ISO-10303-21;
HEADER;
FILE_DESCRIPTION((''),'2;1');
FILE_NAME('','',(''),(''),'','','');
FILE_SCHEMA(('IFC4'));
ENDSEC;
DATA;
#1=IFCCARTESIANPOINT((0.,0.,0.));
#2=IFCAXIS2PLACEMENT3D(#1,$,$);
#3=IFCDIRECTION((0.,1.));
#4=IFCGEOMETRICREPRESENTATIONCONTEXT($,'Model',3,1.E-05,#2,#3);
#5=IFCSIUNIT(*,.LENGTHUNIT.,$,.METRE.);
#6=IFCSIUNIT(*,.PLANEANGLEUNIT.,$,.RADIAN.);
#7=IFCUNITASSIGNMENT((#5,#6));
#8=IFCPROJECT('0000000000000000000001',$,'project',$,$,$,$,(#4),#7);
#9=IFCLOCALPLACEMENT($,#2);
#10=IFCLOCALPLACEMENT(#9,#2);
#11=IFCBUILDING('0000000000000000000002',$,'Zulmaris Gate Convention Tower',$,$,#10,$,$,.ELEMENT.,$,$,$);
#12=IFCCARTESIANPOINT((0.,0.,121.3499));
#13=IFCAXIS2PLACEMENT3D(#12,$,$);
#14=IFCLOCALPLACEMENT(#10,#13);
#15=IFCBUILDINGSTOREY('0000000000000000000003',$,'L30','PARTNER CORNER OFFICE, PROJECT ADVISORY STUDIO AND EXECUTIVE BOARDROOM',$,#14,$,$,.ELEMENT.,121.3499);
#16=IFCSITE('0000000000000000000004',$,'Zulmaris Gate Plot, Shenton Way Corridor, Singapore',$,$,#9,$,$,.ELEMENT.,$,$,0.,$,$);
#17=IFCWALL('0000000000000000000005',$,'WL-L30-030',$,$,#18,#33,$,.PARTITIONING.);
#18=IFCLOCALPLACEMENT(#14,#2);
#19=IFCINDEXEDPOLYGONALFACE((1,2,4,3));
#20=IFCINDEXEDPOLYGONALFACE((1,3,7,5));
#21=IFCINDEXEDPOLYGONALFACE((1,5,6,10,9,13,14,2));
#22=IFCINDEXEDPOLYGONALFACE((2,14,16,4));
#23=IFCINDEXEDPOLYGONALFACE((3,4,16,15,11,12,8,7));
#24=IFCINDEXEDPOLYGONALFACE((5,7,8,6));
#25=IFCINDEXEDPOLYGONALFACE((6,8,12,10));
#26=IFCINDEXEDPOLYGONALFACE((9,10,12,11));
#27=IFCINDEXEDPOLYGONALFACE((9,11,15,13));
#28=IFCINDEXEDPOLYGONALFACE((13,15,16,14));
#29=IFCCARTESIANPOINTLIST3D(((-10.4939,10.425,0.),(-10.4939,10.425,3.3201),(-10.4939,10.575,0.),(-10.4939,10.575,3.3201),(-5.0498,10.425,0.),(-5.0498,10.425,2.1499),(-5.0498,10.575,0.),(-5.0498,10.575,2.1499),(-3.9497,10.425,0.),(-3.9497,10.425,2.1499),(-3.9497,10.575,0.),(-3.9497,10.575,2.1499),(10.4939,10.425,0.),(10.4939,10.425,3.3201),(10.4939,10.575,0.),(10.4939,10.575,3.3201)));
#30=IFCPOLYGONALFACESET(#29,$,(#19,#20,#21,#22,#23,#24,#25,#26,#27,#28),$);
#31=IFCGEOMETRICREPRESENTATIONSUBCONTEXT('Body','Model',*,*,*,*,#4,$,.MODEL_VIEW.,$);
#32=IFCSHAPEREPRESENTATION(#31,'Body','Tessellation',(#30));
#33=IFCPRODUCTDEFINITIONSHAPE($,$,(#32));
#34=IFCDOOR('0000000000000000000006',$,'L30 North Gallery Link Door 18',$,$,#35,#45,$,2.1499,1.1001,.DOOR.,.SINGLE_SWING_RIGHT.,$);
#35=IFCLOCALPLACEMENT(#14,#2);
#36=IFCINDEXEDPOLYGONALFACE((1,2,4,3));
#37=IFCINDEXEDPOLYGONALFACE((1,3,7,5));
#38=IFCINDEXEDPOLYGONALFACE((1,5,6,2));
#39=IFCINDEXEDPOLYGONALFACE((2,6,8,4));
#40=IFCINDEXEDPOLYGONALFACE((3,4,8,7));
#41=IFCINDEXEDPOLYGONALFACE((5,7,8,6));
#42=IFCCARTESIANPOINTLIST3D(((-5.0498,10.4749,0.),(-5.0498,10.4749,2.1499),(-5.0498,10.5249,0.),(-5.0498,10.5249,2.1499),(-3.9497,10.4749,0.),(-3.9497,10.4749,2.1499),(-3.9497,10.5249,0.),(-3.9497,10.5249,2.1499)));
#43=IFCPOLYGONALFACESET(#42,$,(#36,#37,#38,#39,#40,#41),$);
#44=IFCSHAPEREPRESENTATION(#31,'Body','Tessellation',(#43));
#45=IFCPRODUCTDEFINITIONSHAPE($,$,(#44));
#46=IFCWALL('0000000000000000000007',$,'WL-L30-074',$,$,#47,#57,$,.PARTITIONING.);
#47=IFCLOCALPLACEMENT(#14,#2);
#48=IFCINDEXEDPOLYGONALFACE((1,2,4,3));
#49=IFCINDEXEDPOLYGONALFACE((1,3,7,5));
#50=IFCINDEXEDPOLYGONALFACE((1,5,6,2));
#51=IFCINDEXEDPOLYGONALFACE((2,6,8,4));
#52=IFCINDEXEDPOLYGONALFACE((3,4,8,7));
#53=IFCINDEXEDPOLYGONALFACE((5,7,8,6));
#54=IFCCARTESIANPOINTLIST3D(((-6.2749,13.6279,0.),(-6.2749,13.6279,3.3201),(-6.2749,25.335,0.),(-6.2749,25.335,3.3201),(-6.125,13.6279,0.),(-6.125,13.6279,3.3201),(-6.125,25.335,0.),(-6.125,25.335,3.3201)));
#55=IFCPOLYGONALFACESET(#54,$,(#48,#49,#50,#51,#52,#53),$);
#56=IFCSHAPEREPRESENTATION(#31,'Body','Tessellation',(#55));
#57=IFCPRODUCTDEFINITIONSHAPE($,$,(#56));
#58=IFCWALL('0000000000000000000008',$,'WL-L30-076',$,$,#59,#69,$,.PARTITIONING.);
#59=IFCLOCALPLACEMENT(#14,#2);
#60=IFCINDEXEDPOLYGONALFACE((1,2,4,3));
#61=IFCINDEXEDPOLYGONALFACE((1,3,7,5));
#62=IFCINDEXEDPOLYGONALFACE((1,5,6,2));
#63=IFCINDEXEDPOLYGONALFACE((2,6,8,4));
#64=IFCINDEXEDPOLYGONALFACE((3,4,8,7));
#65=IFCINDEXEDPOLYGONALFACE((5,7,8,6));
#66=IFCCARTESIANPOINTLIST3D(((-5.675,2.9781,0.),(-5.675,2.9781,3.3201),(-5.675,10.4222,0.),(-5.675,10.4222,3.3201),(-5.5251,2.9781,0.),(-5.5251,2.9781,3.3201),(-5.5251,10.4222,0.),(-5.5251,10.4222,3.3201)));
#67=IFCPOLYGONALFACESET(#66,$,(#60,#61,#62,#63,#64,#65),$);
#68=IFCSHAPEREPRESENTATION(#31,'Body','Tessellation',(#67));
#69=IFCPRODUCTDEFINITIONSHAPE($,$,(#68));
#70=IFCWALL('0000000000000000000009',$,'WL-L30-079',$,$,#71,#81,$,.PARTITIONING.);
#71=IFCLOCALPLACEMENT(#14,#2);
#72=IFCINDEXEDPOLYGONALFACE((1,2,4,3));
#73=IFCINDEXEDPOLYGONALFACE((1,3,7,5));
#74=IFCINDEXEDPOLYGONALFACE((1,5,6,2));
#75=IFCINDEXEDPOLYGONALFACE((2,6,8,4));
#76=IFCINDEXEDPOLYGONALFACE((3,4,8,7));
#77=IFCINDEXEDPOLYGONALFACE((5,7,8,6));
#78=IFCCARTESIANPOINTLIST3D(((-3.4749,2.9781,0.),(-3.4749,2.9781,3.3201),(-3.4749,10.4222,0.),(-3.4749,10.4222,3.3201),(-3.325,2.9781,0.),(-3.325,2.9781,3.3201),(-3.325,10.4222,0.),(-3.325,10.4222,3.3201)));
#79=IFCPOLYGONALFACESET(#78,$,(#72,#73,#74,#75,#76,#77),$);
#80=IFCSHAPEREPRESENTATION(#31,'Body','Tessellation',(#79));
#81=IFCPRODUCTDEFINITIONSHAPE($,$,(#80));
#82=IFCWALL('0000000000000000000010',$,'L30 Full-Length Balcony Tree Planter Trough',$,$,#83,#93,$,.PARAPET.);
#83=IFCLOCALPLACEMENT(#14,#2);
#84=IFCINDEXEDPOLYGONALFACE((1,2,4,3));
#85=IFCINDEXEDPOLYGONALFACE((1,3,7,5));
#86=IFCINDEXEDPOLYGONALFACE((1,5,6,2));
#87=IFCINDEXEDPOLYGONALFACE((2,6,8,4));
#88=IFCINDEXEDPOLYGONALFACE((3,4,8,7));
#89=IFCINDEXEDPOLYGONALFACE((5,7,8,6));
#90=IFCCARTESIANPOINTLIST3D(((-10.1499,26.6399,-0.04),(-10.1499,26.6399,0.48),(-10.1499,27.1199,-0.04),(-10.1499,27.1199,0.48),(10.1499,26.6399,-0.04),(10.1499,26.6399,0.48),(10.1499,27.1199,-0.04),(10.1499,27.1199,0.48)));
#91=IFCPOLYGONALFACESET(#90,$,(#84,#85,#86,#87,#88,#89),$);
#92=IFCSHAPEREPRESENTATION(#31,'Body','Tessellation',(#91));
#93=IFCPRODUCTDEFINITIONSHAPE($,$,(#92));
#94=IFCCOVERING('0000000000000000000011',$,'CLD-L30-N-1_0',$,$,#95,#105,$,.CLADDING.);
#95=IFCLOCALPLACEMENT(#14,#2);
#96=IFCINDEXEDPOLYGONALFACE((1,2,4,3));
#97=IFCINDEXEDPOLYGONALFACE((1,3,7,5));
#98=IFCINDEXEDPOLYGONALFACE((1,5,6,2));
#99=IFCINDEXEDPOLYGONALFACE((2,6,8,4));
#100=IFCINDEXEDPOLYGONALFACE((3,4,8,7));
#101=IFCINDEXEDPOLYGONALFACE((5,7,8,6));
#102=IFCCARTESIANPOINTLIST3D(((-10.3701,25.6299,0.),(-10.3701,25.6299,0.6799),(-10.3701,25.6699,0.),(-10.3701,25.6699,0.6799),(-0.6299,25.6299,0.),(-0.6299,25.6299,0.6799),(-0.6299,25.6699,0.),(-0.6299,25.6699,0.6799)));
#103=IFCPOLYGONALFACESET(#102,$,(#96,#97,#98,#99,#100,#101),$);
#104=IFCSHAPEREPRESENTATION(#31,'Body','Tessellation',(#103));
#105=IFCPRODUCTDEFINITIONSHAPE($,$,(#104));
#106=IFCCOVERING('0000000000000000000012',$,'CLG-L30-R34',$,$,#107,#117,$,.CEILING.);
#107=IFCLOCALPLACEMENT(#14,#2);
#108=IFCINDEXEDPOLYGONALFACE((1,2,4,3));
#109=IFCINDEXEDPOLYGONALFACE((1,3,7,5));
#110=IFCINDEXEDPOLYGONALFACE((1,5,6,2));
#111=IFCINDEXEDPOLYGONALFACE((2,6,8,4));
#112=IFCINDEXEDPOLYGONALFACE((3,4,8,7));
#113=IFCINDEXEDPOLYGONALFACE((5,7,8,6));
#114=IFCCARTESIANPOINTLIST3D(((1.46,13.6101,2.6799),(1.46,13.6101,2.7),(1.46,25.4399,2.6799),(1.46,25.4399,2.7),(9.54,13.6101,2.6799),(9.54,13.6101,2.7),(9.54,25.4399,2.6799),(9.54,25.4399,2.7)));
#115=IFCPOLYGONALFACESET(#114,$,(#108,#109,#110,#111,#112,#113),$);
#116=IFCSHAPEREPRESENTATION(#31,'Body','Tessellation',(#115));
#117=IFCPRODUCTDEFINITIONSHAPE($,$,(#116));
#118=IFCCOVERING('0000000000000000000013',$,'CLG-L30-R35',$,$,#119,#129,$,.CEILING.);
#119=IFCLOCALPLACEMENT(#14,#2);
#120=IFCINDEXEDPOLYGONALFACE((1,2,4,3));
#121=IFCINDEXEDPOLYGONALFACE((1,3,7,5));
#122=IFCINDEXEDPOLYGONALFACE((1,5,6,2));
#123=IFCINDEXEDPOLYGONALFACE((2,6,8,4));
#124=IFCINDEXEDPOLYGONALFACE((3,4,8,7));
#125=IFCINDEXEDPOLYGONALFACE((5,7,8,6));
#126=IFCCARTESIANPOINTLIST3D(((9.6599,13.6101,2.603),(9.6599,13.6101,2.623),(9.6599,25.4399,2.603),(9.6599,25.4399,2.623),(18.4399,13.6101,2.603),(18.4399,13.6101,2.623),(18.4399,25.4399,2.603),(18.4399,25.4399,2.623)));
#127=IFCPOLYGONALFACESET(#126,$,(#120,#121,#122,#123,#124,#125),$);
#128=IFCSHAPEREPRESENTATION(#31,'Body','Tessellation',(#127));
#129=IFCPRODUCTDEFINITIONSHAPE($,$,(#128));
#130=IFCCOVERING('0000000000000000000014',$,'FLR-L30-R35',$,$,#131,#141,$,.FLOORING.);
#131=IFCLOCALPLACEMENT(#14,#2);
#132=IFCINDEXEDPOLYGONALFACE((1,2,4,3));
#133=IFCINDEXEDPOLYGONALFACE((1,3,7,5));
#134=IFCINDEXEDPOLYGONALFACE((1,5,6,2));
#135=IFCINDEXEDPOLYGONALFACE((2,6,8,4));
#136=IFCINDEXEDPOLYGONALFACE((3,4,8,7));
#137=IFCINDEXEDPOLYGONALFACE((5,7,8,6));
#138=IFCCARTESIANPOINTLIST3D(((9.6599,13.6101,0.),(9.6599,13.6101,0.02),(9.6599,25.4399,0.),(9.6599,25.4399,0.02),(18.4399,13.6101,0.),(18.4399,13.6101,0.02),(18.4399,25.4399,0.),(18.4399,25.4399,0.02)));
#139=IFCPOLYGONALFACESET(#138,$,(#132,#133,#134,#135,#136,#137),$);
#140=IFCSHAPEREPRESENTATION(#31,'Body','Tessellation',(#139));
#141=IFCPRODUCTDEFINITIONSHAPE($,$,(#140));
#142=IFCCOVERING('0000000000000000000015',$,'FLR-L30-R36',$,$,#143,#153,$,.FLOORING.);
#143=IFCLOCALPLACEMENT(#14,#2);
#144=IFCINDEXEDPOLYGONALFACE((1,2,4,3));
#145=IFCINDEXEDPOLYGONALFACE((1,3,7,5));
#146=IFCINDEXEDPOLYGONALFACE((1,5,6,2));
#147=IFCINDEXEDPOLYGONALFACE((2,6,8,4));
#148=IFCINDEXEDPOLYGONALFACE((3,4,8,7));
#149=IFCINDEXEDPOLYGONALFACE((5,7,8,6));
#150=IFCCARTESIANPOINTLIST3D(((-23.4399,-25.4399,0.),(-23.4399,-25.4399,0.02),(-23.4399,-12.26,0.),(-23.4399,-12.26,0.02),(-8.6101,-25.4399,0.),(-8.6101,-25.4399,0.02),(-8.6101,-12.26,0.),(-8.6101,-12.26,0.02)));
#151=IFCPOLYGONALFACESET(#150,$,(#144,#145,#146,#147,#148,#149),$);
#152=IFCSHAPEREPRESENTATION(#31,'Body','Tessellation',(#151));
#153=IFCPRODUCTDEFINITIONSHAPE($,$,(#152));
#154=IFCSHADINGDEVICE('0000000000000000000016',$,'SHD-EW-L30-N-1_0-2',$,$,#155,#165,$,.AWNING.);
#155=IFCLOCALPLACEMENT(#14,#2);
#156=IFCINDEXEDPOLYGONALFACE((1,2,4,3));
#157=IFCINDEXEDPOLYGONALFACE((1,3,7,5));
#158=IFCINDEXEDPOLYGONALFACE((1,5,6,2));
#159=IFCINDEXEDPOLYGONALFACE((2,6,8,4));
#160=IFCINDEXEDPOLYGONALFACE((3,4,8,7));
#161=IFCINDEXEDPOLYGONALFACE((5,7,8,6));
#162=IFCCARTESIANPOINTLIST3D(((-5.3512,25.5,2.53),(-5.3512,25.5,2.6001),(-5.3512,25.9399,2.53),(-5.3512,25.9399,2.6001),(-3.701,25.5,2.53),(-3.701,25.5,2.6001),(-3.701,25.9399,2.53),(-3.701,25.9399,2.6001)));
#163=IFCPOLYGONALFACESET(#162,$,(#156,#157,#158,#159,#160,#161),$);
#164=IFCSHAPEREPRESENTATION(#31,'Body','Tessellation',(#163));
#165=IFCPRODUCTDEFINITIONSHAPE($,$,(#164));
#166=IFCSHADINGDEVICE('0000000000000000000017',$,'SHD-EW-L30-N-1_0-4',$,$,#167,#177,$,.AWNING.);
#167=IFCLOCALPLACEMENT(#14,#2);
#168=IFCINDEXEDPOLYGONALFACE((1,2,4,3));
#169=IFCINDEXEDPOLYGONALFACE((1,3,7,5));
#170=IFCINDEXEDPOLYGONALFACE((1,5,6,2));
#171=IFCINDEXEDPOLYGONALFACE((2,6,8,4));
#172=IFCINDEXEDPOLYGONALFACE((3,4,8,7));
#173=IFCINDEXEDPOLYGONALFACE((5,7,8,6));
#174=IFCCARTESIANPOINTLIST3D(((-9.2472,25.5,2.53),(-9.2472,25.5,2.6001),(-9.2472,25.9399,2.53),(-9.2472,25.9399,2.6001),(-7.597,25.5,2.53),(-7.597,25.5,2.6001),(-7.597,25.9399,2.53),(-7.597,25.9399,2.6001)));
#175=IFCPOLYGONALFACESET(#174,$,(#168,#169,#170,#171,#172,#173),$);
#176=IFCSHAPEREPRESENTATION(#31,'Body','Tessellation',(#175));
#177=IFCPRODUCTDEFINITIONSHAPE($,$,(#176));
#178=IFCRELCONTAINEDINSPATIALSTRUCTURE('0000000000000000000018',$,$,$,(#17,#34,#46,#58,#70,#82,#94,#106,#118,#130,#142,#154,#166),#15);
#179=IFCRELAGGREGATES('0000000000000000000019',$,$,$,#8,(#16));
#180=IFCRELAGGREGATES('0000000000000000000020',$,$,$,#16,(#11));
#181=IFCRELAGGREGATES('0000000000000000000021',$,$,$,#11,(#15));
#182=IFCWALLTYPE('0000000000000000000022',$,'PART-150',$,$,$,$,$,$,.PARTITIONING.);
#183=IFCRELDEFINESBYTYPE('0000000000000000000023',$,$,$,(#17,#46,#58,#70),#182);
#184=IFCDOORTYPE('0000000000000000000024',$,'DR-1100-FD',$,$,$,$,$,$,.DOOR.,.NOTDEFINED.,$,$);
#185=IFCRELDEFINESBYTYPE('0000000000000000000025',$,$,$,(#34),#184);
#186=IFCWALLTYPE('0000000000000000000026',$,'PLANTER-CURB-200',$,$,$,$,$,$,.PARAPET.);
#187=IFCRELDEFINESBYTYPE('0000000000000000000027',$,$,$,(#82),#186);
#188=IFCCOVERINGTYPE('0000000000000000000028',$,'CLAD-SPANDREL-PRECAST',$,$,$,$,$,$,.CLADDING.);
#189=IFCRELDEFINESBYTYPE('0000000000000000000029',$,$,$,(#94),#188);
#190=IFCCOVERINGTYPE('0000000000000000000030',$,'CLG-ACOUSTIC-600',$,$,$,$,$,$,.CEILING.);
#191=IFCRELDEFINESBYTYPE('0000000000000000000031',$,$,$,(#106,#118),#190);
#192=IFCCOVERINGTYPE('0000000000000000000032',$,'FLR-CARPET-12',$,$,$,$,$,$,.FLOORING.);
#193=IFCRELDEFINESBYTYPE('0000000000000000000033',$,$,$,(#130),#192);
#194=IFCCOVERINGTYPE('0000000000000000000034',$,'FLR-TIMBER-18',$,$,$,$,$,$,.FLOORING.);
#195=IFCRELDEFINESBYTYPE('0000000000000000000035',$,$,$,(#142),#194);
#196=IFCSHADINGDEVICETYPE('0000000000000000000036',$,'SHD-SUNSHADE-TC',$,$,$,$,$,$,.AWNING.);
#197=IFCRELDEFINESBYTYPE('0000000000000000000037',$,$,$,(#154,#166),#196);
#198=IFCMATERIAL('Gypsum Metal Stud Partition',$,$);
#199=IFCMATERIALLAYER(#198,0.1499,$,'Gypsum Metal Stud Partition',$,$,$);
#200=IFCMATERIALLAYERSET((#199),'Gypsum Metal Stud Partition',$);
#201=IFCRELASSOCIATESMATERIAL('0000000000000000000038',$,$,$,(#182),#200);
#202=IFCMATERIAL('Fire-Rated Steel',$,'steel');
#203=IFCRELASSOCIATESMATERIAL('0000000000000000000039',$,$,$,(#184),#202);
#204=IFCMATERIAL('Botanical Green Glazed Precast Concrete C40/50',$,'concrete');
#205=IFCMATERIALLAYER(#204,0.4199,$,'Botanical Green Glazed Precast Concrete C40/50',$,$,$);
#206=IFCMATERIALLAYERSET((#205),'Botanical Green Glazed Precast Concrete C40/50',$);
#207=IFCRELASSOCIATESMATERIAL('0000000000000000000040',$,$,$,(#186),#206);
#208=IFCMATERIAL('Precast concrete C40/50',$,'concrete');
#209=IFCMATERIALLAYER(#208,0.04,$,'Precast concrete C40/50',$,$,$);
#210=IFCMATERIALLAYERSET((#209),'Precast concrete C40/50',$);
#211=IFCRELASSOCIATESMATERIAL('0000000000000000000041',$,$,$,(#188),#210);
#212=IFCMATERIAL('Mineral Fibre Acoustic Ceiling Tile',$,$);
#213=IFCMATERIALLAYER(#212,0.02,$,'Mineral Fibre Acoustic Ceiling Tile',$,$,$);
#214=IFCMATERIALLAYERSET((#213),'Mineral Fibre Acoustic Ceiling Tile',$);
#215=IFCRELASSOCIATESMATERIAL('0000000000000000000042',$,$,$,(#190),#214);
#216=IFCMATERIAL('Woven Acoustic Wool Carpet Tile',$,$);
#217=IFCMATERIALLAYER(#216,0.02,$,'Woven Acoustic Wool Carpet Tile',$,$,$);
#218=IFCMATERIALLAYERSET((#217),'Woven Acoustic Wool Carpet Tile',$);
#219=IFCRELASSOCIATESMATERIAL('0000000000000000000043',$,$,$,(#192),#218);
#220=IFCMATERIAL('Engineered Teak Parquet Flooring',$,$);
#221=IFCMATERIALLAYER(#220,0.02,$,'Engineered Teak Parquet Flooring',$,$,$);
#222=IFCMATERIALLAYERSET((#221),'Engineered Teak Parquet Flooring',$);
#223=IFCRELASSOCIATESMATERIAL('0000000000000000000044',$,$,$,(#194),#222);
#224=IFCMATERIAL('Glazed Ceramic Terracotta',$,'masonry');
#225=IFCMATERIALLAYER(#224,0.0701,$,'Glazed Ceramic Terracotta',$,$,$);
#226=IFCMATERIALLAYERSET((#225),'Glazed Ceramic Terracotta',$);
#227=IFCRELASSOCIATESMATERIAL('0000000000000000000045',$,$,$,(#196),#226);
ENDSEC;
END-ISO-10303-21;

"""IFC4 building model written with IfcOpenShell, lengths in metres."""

from ifc_helpers import new_model, si_unit, direction, frame, frame_2d, origin, place, context, subcontext, project, spatial, polyline, rectangle, outline, extrude, material, layer, layer_set, type_object, element, fill, save


model = new_model("IFC4")

# Units and contexts
model_context = context("Model", 3, precision=1e-05, world=origin(), true_north=direction((0.0, 1.0)))
body_context = subcontext(model_context, "Body", "Model", "MODEL_VIEW")
ifc_project = project(units=[si_unit("LENGTHUNIT", "METRE"), si_unit("PLANEANGLEUNIT", "RADIAN")], contexts=[model_context])

# Site, building, storey
site_placement = place(None, origin())
site = spatial("IfcSite", under=ifc_project, at=site_placement, Name="Zulmaris Gate Plot, Shenton Way Corridor, Singapore", CompositionType="ELEMENT", RefElevation=0.0)
building_placement = place(site_placement, origin())
building = spatial("IfcBuilding", under=site, at=building_placement, Name="Zulmaris Gate Convention Tower", CompositionType="ELEMENT")
storey_placement = place(building_placement, frame((0.0, 0.0, 121.3499)))
storey = spatial("IfcBuildingStorey", under=building, at=storey_placement, Name="L30", Description="PARTNER CORNER OFFICE, PROJECT ADVISORY STUDIO AND EXECUTIVE BOARDROOM", CompositionType="ELEMENT", Elevation=121.3499)

# Wall, opening, door
ifc_material_1 = material(Name="Gypsum Metal Stud Partition")
ifc_layer_1 = layer(ifc_material_1, 0.1499, Name="Gypsum Metal Stud Partition")
ifc_layer_set_1 = layer_set([ifc_layer_1], Name="Gypsum Metal Stud Partition")
wall_type_1 = type_object("IfcWallType", Name="PART-150", PredefinedType="PARTITIONING", material=ifc_layer_set_1)
wall_1_placement = place(storey_placement, frame((-10.4939, 10.5, 0.0), z_axis=(0.0, 0.0, 1.0), x_axis=(1.0, 0.0, 0.0)))
wall_1 = element("IfcWall", 1, at=wall_1_placement, inside=storey, type_object=wall_type_1, Name="WL-L30-030", PredefinedType="PARTITIONING", context=body_context, shape_type="SweptSolid", body=[
    extrude(rectangle(XDim=20.9878, YDim=0.1499, at=frame_2d((10.4939, 0.0))), origin(), (0.0, 0.0, 1.0), 3.3201),
])
opening_1_placement = place(wall_1_placement, frame((5.4441, 0.0, 0.0)))
opening_1 = element("IfcOpeningElement", 2, at=opening_1_placement, cuts=wall_1, PredefinedType="OPENING", context=body_context, shape_type="SweptSolid", body=[
    extrude(rectangle(XDim=1.1001, YDim=2.1499, at=frame_2d((0.55, 1.075))), frame((0.0, 0.085, 0.0), z_axis=(0.0, -1.0, 0.0), x_axis=(1.0, 0.0, 0.0)), (0.0, 0.0, 1.0), 0.1699),
])
ifc_material_2 = material(Name="Fire-Rated Steel", Category="steel")
door_type_1 = type_object("IfcDoorType", Name="DR-1100-FD", OperationType="NOTDEFINED", PredefinedType="DOOR", material=ifc_material_2)
door_1_placement = place(opening_1_placement, origin())
door_1 = element("IfcDoor", 3, at=door_1_placement, inside=storey, type_object=door_type_1, Name="L30 North Gallery Link Door 18", OperationType="SINGLE_SWING_RIGHT", OverallHeight=2.1499, OverallWidth=1.1001, PredefinedType="DOOR", context=body_context, shape_type="SweptSolid", body=[
    extrude(rectangle(XDim=1.1001, YDim=2.1499, at=frame_2d((0.55, 1.075))), frame((0.0, 0.0249, 0.0), z_axis=(0.0, -1.0, 0.0), x_axis=(1.0, 0.0, 0.0)), (0.0, 0.0, 1.0), 0.05),
])
fill(opening_1, door_1)

# Walls
wall_2_placement = place(storey_placement, frame((-6.2, 13.6279, 0.0), z_axis=(0.0, 0.0, 1.0), x_axis=(0.0, 1.0, 0.0)))
element("IfcWall", 4, at=wall_2_placement, inside=storey, type_object=wall_type_1, Name="WL-L30-074", PredefinedType="PARTITIONING", context=body_context, shape_type="SweptSolid", body=[
    extrude(rectangle(XDim=11.707, YDim=0.1499, at=frame_2d((5.8535, 0.0))), origin(), (0.0, 0.0, 1.0), 3.3201),
])
for number, where, z_axis, x_axis, name in (
    (5, (-5.6001, 2.978, 0.0), (0.0, 0.0, 1.0), (0.0, 1.0, 0.0), "WL-L30-076"),
    (6, (-3.3999, 2.978, 0.0), (0.0, 0.0, 1.0), (0.0, 1.0, 0.0), "WL-L30-079"),
):
    element("IfcWall", number, at=place(storey_placement, frame(where, z_axis=z_axis, x_axis=x_axis)), inside=storey, type_object=wall_type_1, Name=name, PredefinedType="PARTITIONING", context=body_context, shape_type="SweptSolid", body=[
        extrude(rectangle(XDim=7.4441, YDim=0.1499, at=frame_2d((3.7222, 0.0))), origin(), (0.0, 0.0, 1.0), 3.3201),
    ])
ifc_material_3 = material(Name="Botanical Green Glazed Precast Concrete C40/50", Category="concrete")
ifc_layer_2 = layer(ifc_material_3, 0.4199, Name="Botanical Green Glazed Precast Concrete C40/50")
ifc_layer_set_2 = layer_set([ifc_layer_2], Name="Botanical Green Glazed Precast Concrete C40/50")
wall_type_2 = type_object("IfcWallType", Name="PLANTER-CURB-200", PredefinedType="PARAPET", material=ifc_layer_set_2)
wall_3_placement = place(storey_placement, frame((-10.1499, 26.8799, -0.04), z_axis=(0.0, 0.0, 1.0), x_axis=(1.0, 0.0, 0.0)))
element("IfcWall", 7, at=wall_3_placement, inside=storey, type_object=wall_type_2, Name="L30 Full-Length Balcony Tree Planter Trough", PredefinedType="PARAPET", context=body_context, shape_type="SweptSolid", body=[
    extrude(rectangle(XDim=20.2998, YDim=0.48, at=frame_2d((10.1499, 0.0))), origin(), (0.0, 0.0, 1.0), 0.52),
])

# Shared definitions
ifc_material_4 = material(Name="Precast concrete C40/50", Category="concrete")

# Coverings
ifc_layer_3 = layer(ifc_material_4, 0.04, Name="Precast concrete C40/50")
ifc_layer_set_3 = layer_set([ifc_layer_3], Name="Precast concrete C40/50")
covering_type_1 = type_object("IfcCoveringType", Name="CLAD-SPANDREL-PRECAST", PredefinedType="CLADDING", material=ifc_layer_set_3)
covering_1_placement = place(storey_placement, frame((-0.6299, 25.6499, 0.0), z_axis=(0.0, 0.0, 1.0), x_axis=(-1.0, 0.0, 0.0)))
element("IfcCovering", 8, at=covering_1_placement, inside=storey, type_object=covering_type_1, Name="CLD-L30-N-1_0", PredefinedType="CLADDING", context=body_context, shape_type="SweptSolid", body=[
    extrude(rectangle(XDim=9.7402, YDim=0.04, at=frame_2d((4.8701, 0.0))), origin(), (0.0, 0.0, 1.0), 0.6799),
])
ifc_material_5 = material(Name="Mineral Fibre Acoustic Ceiling Tile")
ifc_layer_4 = layer(ifc_material_5, 0.02, Name="Mineral Fibre Acoustic Ceiling Tile")
ifc_layer_set_4 = layer_set([ifc_layer_4], Name="Mineral Fibre Acoustic Ceiling Tile")
covering_type_2 = type_object("IfcCoveringType", Name="CLG-ACOUSTIC-600", PredefinedType="CEILING", material=ifc_layer_set_4)
covering_2_placement = place(storey_placement, frame((0.0, 0.0, 2.6799)))
element("IfcCovering", 9, at=covering_2_placement, inside=storey, type_object=covering_type_2, Name="CLG-L30-R34", PredefinedType="CEILING", context=body_context, shape_type="SweptSolid", body=[
    extrude(outline(polyline([(1.46, 13.6101), (9.54, 13.6101), (9.54, 25.4399), (1.46, 25.4399), (1.46, 13.6101)])), origin(), (0.0, 0.0, 1.0), 0.02),
])
covering_3_placement = place(storey_placement, frame((0.0, 0.0, 2.603)))
element("IfcCovering", 10, at=covering_3_placement, inside=storey, type_object=covering_type_2, Name="CLG-L30-R35", PredefinedType="CEILING", context=body_context, shape_type="SweptSolid", body=[
    extrude(outline(polyline([(9.6599, 13.6101), (18.4399, 13.6101), (18.4399, 25.4399), (9.6599, 25.4399), (9.6599, 13.6101)])), origin(), (0.0, 0.0, 1.0), 0.02),
])
ifc_material_6 = material(Name="Woven Acoustic Wool Carpet Tile")
ifc_layer_5 = layer(ifc_material_6, 0.02, Name="Woven Acoustic Wool Carpet Tile")
ifc_layer_set_5 = layer_set([ifc_layer_5], Name="Woven Acoustic Wool Carpet Tile")
covering_type_3 = type_object("IfcCoveringType", Name="FLR-CARPET-12", PredefinedType="FLOORING", material=ifc_layer_set_5)
covering_4_placement = place(storey_placement, origin())
element("IfcCovering", 11, at=covering_4_placement, inside=storey, type_object=covering_type_3, Name="FLR-L30-R35", PredefinedType="FLOORING", context=body_context, shape_type="SweptSolid", body=[
    extrude(outline(polyline([(9.6599, 13.6101), (18.4399, 13.6101), (18.4399, 25.4399), (9.6599, 25.4399), (9.6599, 13.6101)])), origin(), (0.0, 0.0, 1.0), 0.02),
])
ifc_material_7 = material(Name="Engineered Teak Parquet Flooring")
ifc_layer_6 = layer(ifc_material_7, 0.02, Name="Engineered Teak Parquet Flooring")
ifc_layer_set_6 = layer_set([ifc_layer_6], Name="Engineered Teak Parquet Flooring")
covering_type_4 = type_object("IfcCoveringType", Name="FLR-TIMBER-18", PredefinedType="FLOORING", material=ifc_layer_set_6)
covering_5_placement = place(storey_placement, origin())
element("IfcCovering", 12, at=covering_5_placement, inside=storey, type_object=covering_type_4, Name="FLR-L30-R36", PredefinedType="FLOORING", context=body_context, shape_type="SweptSolid", body=[
    extrude(outline(polyline([(-23.4399, -25.4399), (-8.6101, -25.4399), (-8.6101, -12.26), (-23.4399, -12.26), (-23.4399, -25.4399)])), origin(), (0.0, 0.0, 1.0), 0.02),
])

# Shading devices
ifc_material_8 = material(Name="Glazed Ceramic Terracotta", Category="masonry")
ifc_layer_7 = layer(ifc_material_8, 0.0701, Name="Glazed Ceramic Terracotta")
ifc_layer_set_7 = layer_set([ifc_layer_7], Name="Glazed Ceramic Terracotta")
shading_device_type = type_object("IfcShadingDeviceType", Name="SHD-SUNSHADE-TC", PredefinedType="AWNING", material=ifc_layer_set_7)
for number, where, z_axis, x_axis, name in (
    (13, (-3.7009, 25.72, 2.53), (0.0, 0.0, 1.0), (-1.0, 0.0, 0.0), "SHD-EW-L30-N-1_0-2"),
    (14, (-7.5969, 25.72, 2.53), (0.0, 0.0, 1.0), (-1.0, 0.0, 0.0), "SHD-EW-L30-N-1_0-4"),
):
    element("IfcShadingDevice", number, at=place(storey_placement, frame(where, z_axis=z_axis, x_axis=x_axis)), inside=storey, type_object=shading_device_type, Name=name, PredefinedType="AWNING", context=body_context, shape_type="SweptSolid", body=[
        extrude(rectangle(XDim=1.6501, YDim=0.4399, at=frame_2d((0.8252, 0.0))), origin(), (0.0, 0.0, 1.0), 0.0701),
    ])

save(model, "model.ifc")
